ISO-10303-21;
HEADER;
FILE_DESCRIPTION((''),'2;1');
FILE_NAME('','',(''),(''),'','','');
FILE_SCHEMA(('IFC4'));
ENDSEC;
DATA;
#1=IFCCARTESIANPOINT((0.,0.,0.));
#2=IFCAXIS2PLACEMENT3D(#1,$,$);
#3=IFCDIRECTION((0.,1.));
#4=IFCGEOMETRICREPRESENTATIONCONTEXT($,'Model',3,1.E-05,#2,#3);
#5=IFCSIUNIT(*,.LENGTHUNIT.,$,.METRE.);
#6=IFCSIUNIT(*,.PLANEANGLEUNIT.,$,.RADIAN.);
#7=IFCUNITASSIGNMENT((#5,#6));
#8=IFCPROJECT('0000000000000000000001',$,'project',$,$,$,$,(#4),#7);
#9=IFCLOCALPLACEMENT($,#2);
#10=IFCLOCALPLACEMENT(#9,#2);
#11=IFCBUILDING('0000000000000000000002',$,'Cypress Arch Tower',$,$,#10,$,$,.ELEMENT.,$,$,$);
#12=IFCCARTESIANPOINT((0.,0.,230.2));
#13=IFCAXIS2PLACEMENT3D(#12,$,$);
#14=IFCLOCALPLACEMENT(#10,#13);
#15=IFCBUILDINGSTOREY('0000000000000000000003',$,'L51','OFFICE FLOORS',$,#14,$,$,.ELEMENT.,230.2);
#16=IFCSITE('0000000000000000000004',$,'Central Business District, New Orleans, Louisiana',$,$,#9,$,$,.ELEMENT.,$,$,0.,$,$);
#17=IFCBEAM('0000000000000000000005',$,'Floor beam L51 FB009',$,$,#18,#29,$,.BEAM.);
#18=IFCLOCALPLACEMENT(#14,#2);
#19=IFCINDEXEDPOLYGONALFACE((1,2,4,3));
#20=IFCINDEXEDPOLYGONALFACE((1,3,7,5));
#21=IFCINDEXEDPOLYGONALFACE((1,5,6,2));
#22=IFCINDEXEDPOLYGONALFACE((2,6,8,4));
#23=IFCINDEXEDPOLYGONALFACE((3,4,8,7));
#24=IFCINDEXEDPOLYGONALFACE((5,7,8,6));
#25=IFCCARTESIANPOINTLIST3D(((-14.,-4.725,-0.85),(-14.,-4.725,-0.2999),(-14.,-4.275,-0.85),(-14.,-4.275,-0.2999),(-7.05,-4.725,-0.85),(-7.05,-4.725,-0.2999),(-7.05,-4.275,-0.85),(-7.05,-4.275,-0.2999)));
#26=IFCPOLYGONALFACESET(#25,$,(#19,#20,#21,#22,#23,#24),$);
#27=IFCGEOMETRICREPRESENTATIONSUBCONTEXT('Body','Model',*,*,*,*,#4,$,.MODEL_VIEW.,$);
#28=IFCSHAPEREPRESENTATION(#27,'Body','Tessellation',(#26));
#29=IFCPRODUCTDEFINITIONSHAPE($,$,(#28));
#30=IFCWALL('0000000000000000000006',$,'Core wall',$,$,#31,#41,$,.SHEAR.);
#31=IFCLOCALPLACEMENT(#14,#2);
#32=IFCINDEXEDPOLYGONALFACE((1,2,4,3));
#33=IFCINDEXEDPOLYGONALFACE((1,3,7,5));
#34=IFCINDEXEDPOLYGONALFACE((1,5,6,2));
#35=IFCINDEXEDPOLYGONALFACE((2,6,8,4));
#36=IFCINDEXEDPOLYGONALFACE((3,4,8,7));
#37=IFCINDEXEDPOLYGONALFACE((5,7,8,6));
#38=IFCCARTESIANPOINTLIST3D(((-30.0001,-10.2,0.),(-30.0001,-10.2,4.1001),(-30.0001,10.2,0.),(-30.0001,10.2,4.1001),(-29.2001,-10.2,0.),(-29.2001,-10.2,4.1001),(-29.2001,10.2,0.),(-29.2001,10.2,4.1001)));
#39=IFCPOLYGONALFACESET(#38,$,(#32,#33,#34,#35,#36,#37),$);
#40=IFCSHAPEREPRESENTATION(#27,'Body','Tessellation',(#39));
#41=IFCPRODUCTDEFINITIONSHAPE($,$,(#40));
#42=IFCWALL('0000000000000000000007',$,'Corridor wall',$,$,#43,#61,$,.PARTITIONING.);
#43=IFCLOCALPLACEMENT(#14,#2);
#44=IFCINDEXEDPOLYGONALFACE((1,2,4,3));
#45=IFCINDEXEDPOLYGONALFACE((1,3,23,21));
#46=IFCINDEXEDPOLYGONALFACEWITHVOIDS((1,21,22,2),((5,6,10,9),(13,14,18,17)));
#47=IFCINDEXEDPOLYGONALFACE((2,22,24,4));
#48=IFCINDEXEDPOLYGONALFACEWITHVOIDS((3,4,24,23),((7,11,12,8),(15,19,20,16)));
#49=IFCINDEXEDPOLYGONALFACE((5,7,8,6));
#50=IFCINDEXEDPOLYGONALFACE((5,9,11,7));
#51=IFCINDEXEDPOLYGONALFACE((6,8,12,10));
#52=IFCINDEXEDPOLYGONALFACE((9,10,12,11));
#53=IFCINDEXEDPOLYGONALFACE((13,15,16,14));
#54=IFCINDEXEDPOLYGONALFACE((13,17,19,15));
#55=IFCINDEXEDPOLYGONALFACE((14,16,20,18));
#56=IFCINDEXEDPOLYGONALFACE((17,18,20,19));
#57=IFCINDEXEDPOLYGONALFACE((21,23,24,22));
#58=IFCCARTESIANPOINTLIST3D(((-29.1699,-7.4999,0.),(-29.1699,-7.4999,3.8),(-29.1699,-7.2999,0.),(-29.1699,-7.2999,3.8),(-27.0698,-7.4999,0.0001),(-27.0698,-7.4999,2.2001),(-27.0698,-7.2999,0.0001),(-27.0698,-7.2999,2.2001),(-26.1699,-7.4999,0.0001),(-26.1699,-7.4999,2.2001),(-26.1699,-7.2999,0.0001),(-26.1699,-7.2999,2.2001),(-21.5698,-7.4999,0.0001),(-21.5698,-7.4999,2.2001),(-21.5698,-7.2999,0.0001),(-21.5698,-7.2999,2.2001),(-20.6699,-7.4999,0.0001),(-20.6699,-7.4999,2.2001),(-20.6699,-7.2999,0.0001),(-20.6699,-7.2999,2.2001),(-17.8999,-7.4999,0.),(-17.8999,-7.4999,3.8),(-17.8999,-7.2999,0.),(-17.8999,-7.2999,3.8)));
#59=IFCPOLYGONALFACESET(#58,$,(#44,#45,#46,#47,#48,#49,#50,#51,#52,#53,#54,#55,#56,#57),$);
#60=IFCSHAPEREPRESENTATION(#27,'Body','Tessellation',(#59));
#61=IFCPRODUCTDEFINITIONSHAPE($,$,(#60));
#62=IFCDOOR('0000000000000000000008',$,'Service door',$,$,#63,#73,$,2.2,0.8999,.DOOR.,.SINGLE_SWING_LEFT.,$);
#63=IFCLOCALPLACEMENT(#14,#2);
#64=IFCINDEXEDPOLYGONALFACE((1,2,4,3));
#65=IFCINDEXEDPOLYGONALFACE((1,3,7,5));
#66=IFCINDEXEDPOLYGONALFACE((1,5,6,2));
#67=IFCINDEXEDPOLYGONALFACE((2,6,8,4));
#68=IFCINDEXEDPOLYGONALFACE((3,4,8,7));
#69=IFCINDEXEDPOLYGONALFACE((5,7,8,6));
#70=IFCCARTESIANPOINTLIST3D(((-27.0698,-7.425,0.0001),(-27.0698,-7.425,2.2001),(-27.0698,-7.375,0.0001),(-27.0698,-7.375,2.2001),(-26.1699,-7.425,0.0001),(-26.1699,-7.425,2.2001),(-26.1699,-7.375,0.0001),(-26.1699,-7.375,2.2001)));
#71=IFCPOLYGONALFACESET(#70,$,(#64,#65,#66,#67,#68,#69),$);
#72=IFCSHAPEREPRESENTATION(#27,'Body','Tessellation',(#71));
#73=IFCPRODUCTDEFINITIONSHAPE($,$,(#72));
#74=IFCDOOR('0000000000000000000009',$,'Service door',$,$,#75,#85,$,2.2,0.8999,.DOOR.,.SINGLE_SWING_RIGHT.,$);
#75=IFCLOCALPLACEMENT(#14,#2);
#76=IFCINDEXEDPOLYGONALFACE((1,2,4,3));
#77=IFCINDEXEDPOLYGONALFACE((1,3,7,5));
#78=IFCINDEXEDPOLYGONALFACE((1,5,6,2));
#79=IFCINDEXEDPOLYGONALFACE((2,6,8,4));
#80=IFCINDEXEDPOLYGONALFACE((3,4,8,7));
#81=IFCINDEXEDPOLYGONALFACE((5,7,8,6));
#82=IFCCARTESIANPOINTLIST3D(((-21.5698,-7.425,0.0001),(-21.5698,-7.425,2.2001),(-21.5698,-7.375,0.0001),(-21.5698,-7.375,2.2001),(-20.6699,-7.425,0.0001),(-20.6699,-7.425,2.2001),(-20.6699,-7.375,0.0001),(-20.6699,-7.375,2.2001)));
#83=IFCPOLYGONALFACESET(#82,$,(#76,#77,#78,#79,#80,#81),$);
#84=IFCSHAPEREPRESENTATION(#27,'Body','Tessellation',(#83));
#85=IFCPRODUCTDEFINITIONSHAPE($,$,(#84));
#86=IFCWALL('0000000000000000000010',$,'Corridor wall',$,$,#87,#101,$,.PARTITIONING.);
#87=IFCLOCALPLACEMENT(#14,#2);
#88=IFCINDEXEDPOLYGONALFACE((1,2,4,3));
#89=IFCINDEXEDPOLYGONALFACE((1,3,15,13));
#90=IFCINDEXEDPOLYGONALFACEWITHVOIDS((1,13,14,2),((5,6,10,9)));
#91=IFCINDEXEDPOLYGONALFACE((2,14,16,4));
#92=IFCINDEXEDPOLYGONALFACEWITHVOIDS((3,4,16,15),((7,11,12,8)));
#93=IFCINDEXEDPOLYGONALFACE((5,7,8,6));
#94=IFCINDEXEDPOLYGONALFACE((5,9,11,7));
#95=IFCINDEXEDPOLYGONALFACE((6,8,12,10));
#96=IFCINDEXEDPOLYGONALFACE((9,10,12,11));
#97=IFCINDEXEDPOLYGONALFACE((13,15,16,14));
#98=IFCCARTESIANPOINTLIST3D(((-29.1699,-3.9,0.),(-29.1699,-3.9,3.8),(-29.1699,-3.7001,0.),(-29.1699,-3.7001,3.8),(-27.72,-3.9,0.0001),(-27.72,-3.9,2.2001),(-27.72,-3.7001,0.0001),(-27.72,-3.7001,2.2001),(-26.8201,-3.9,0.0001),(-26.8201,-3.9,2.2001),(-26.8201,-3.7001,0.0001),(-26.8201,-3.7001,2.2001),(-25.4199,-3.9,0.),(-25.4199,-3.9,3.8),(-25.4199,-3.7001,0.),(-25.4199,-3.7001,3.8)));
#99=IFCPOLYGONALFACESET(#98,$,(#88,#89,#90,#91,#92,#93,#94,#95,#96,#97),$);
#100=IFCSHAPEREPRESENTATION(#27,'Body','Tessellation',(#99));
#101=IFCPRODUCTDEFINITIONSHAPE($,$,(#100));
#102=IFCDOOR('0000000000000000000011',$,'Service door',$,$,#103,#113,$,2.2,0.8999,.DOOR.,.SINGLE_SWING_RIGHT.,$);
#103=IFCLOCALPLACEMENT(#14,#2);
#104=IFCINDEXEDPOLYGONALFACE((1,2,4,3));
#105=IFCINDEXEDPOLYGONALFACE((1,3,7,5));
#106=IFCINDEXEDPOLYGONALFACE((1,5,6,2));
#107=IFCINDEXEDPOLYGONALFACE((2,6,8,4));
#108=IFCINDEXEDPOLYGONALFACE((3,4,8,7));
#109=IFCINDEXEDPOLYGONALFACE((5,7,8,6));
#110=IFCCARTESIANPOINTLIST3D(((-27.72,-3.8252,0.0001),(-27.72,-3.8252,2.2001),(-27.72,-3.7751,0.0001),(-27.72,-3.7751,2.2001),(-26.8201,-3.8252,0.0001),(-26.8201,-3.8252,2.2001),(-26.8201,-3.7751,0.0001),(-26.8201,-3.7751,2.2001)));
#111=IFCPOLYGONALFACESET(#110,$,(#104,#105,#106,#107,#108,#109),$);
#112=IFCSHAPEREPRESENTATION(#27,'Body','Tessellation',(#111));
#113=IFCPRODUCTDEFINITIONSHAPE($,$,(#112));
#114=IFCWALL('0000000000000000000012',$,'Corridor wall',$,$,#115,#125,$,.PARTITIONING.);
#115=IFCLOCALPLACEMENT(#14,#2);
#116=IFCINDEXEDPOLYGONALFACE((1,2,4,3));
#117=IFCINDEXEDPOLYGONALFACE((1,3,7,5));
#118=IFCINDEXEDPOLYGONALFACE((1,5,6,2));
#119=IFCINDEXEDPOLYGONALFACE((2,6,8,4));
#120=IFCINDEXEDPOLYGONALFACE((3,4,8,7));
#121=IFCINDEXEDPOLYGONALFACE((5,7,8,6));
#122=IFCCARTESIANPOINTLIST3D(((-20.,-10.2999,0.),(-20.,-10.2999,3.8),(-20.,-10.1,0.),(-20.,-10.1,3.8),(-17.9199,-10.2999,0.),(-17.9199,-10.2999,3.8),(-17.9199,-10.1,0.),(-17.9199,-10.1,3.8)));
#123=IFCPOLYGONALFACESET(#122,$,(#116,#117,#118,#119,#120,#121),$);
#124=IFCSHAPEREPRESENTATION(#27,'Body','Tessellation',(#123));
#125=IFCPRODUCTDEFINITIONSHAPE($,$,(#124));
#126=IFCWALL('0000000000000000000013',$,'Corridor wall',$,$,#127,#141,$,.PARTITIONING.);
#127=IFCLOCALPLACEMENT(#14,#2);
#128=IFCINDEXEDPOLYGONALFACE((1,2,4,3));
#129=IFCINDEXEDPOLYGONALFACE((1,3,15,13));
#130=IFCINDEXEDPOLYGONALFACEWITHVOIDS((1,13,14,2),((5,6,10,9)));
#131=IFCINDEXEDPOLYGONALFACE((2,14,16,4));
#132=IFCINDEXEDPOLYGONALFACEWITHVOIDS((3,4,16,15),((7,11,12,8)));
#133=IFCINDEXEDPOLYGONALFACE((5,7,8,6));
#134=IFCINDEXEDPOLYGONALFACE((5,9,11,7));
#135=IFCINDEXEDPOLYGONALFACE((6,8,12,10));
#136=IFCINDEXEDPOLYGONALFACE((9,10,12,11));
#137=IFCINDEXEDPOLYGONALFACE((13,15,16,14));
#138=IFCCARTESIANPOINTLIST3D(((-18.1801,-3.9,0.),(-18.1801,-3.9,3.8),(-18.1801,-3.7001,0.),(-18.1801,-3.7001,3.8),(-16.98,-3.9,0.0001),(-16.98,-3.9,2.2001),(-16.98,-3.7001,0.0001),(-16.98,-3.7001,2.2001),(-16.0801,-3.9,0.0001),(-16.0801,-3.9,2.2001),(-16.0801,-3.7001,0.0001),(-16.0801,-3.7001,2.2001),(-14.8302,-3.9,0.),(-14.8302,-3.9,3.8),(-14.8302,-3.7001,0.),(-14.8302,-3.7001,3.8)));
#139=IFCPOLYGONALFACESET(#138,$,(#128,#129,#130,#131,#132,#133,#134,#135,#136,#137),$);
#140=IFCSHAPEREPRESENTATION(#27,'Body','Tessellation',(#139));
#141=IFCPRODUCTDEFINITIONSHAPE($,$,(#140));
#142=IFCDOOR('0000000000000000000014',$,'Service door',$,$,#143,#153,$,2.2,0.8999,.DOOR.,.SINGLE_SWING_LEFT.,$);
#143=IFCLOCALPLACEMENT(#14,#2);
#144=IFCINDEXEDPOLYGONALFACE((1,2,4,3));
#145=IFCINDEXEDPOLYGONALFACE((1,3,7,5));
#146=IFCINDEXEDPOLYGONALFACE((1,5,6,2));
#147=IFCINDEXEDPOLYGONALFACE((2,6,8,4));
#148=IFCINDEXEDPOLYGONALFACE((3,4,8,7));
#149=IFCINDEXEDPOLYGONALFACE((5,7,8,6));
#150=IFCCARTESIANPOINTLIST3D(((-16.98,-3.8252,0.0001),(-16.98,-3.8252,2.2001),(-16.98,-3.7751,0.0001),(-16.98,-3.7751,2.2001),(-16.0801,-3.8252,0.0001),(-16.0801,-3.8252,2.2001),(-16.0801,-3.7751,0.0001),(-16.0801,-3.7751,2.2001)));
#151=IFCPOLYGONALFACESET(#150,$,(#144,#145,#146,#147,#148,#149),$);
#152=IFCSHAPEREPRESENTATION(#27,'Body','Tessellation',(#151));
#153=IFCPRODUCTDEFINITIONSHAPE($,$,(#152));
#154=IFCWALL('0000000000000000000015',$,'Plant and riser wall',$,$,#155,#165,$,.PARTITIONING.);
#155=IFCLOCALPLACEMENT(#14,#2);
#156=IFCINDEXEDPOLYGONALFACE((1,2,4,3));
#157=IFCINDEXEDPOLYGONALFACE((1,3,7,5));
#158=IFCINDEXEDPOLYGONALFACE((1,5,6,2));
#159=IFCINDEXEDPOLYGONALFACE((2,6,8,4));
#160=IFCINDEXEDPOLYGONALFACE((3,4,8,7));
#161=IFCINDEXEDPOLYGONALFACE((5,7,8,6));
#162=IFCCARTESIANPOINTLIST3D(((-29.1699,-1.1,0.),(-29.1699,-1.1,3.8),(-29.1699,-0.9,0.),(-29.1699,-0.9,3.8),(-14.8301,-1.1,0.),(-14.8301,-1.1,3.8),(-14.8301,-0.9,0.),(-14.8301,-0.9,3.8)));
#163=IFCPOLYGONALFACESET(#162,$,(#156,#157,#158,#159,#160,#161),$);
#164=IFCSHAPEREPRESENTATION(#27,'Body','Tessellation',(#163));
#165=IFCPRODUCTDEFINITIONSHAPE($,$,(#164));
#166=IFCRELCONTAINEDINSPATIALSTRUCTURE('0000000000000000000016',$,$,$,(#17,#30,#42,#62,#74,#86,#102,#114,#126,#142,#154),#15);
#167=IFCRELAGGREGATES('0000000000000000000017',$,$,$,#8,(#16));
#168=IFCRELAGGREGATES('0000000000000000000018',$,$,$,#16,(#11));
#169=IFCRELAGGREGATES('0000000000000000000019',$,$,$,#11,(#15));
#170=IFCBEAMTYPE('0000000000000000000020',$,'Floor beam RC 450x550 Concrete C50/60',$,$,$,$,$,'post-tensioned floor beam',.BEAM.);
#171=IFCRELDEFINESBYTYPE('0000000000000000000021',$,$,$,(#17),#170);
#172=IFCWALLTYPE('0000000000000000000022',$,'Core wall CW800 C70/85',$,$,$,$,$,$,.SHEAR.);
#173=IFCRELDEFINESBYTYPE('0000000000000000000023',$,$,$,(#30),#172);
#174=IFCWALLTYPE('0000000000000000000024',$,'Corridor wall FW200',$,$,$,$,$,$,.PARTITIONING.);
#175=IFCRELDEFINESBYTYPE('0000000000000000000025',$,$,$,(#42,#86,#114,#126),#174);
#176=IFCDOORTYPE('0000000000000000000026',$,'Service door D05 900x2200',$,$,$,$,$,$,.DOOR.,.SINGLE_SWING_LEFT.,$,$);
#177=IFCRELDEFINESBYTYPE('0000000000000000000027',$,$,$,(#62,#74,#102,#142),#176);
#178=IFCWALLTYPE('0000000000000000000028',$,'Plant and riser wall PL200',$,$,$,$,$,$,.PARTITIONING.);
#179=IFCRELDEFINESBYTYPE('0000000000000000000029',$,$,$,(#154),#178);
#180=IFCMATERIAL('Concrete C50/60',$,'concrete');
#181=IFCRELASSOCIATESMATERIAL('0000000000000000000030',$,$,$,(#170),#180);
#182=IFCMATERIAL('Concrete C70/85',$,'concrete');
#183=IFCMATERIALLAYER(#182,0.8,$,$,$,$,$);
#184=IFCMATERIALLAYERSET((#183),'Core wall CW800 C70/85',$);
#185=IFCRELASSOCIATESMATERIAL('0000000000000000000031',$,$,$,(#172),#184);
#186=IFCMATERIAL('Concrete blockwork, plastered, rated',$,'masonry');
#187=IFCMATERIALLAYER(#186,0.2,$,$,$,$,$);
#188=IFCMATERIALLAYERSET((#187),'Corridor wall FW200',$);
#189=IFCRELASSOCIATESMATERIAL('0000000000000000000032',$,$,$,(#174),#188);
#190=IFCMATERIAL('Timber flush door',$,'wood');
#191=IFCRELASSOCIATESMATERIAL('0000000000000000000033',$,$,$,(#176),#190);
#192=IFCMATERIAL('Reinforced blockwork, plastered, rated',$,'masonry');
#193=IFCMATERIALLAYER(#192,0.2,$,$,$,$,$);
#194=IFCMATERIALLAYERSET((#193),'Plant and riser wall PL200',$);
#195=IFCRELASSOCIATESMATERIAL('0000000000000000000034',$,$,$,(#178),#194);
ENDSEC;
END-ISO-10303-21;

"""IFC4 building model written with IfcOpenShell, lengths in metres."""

from ifc_helpers import new_model, si_unit, direction, frame, frame_2d, origin, origin_2d, place, context, subcontext, project, spatial, rectangle, extrude, material, layer, layer_set, material_profile, profile_set, type_object, element, fill, save


model = new_model("IFC4")

# Units and contexts
model_context = context("Model", 3, precision=1e-05, world=origin(), true_north=direction((0.0, 1.0)))
body_context = subcontext(model_context, "Body", "Model", "MODEL_VIEW")
ifc_project = project(units=[si_unit("LENGTHUNIT", "METRE"), si_unit("PLANEANGLEUNIT", "RADIAN")], contexts=[model_context])

# Site, building, storey
site_placement = place(None, origin())
site = spatial("IfcSite", under=ifc_project, at=site_placement, Name="Central Business District, New Orleans, Louisiana", CompositionType="ELEMENT", RefElevation=0.0)
building_placement = place(site_placement, origin())
building = spatial("IfcBuilding", under=site, at=building_placement, Name="Cypress Arch Tower", CompositionType="ELEMENT")
storey_placement = place(building_placement, frame((0.0, 0.0, 230.2)))
storey = spatial("IfcBuildingStorey", under=building, at=storey_placement, Name="L51", Description="OFFICE FLOORS", CompositionType="ELEMENT", Elevation=230.2)

# Beam
ifc_material_1 = material(Name="Concrete C50/60", Category="concrete")
ifc_material_profile = material_profile(ifc_material_1, rectangle(XDim=0.45, YDim=0.55, at=origin_2d()), Name="RC 450x550")
ifc_profile_set = profile_set([ifc_material_profile], Name="Concrete C50/60")
beam_type = type_object("IfcBeamType", Name="Floor beam RC 450x550 Concrete C50/60", ElementType="post-tensioned floor beam", PredefinedType="BEAM", material=ifc_profile_set)
beam_placement = place(storey_placement, frame((-14.0, -4.5, -0.575), z_axis=(1.0, 0.0, 0.0), x_axis=(0.0, 1.0, 0.0)))
element("IfcBeam", 1, at=beam_placement, inside=storey, type_object=beam_type, Name="Floor beam L51 FB009", PredefinedType="BEAM", context=body_context, shape_type="SweptSolid", body=[
    extrude(rectangle(XDim=0.45, YDim=0.55, at=origin_2d()), origin(), (0.0, 0.0, 1.0), 6.95),
])

# Wall
ifc_material_2 = material(Name="Concrete C70/85", Category="concrete")
ifc_layer_1 = layer(ifc_material_2, 0.8)
ifc_layer_set_1 = layer_set([ifc_layer_1], Name="Core wall CW800 C70/85")
wall_type_1 = type_object("IfcWallType", Name="Core wall CW800 C70/85", PredefinedType="SHEAR", material=ifc_layer_set_1)
wall_1_placement = place(storey_placement, frame((-29.6001, -10.2, 0.0), z_axis=(0.0, 0.0, 1.0), x_axis=(0.0, 1.0, 0.0)))
element("IfcWall", 2, at=wall_1_placement, inside=storey, type_object=wall_type_1, Name="Core wall", PredefinedType="SHEAR", context=body_context, shape_type="SweptSolid", body=[
    extrude(rectangle(XDim=20.3999, YDim=0.8, at=frame_2d((10.2, 0.0))), origin(), (0.0, 0.0, 1.0), 4.1001),
])

# Wall, openings, doors
ifc_material_3 = material(Name="Concrete blockwork, plastered, rated", Category="masonry")
ifc_layer_2 = layer(ifc_material_3, 0.2)
ifc_layer_set_2 = layer_set([ifc_layer_2], Name="Corridor wall FW200")
wall_type_2 = type_object("IfcWallType", Name="Corridor wall FW200", PredefinedType="PARTITIONING", material=ifc_layer_set_2)
wall_2_placement = place(storey_placement, frame((-29.1699, -7.3999, 0.0), z_axis=(0.0, 0.0, 1.0), x_axis=(1.0, 0.0, 0.0)))
wall_2 = element("IfcWall", 3, at=wall_2_placement, inside=storey, type_object=wall_type_2, Name="Corridor wall", PredefinedType="PARTITIONING", context=body_context, shape_type="SweptSolid", body=[
    extrude(rectangle(XDim=11.27, YDim=0.2, at=frame_2d((5.635, 0.0))), origin(), (0.0, 0.0, 1.0), 3.8),
])
opening_1_placement = place(wall_2_placement, frame((2.1001, 0.0, 0.0)))
opening_1 = element("IfcOpeningElement", 4, at=opening_1_placement, cuts=wall_2, PredefinedType="OPENING", context=body_context, shape_type="SweptSolid", body=[
    extrude(rectangle(XDim=0.8999, YDim=2.2, at=frame_2d((0.45, 1.1001))), frame((0.0, 0.1099, 0.0), z_axis=(0.0, -1.0, 0.0), x_axis=(1.0, 0.0, 0.0)), (0.0, 0.0, 1.0), 0.22),
])
opening_2_placement = place(wall_2_placement, frame((7.6001, 0.0, 0.0)))
opening_2 = element("IfcOpeningElement", 5, at=opening_2_placement, cuts=wall_2, PredefinedType="OPENING", context=body_context, shape_type="SweptSolid", body=[
    extrude(rectangle(XDim=0.8999, YDim=2.2, at=frame_2d((0.45, 1.1001))), frame((0.0, 0.1099, 0.0), z_axis=(0.0, -1.0, 0.0), x_axis=(1.0, 0.0, 0.0)), (0.0, 0.0, 1.0), 0.22),
])
ifc_material_4 = material(Name="Timber flush door", Category="wood")
door_type_1 = type_object("IfcDoorType", Name="Service door D05 900x2200", OperationType="SINGLE_SWING_LEFT", PredefinedType="DOOR", material=ifc_material_4)
door_1_placement = place(opening_1_placement, origin())
door_1 = element("IfcDoor", 6, at=door_1_placement, inside=storey, type_object=door_type_1, Name="Service door", OperationType="SINGLE_SWING_LEFT", OverallHeight=2.2, OverallWidth=0.8999, PredefinedType="DOOR", context=body_context, shape_type="SweptSolid", body=[
    extrude(rectangle(XDim=0.8999, YDim=2.2, at=frame_2d((0.45, 1.1001))), frame((0.0, 0.0249, 0.0), z_axis=(0.0, -1.0, 0.0), x_axis=(1.0, 0.0, 0.0)), (0.0, 0.0, 1.0), 0.05),
])
fill(opening_1, door_1)
door_2_placement = place(opening_2_placement, origin())
door_2 = element("IfcDoor", 7, at=door_2_placement, inside=storey, type_object=door_type_1, Name="Service door", OperationType="SINGLE_SWING_RIGHT", OverallHeight=2.2, OverallWidth=0.8999, PredefinedType="DOOR", context=body_context, shape_type="SweptSolid", body=[
    extrude(rectangle(XDim=0.8999, YDim=2.2, at=frame_2d((0.45, 1.1001))), frame((0.0, 0.0249, 0.0), z_axis=(0.0, -1.0, 0.0), x_axis=(1.0, 0.0, 0.0)), (0.0, 0.0, 1.0), 0.05),
])
fill(opening_2, door_2)

# Wall, opening, door
wall_3_placement = place(storey_placement, frame((-29.1699, -3.8, 0.0), z_axis=(0.0, 0.0, 1.0), x_axis=(1.0, 0.0, 0.0)))
wall_3 = element("IfcWall", 8, at=wall_3_placement, inside=storey, type_object=wall_type_2, Name="Corridor wall", PredefinedType="PARTITIONING", context=body_context, shape_type="SweptSolid", body=[
    extrude(rectangle(XDim=3.75, YDim=0.2, at=frame_2d((1.875, 0.0))), origin(), (0.0, 0.0, 1.0), 3.8),
])
opening_3_placement = place(wall_3_placement, frame((1.45, 0.0, 0.0)))
opening_3 = element("IfcOpeningElement", 9, at=opening_3_placement, cuts=wall_3, PredefinedType="OPENING", context=body_context, shape_type="SweptSolid", body=[
    extrude(rectangle(XDim=0.8999, YDim=2.2, at=frame_2d((0.45, 1.1001))), frame((0.0, 0.1099, 0.0), z_axis=(0.0, -1.0, 0.0), x_axis=(1.0, 0.0, 0.0)), (0.0, 0.0, 1.0), 0.22),
])
door_3_placement = place(opening_3_placement, origin())
door_3 = element("IfcDoor", 10, at=door_3_placement, inside=storey, type_object=door_type_1, Name="Service door", OperationType="SINGLE_SWING_RIGHT", OverallHeight=2.2, OverallWidth=0.8999, PredefinedType="DOOR", context=body_context, shape_type="SweptSolid", body=[
    extrude(rectangle(XDim=0.8999, YDim=2.2, at=frame_2d((0.45, 1.1001))), frame((0.0, 0.0249, 0.0), z_axis=(0.0, -1.0, 0.0), x_axis=(1.0, 0.0, 0.0)), (0.0, 0.0, 1.0), 0.05),
])
fill(opening_3, door_3)

# Wall
wall_4_placement = place(storey_placement, frame((-20.0, -10.2, 0.0), z_axis=(0.0, 0.0, 1.0), x_axis=(1.0, 0.0, 0.0)))
element("IfcWall", 11, at=wall_4_placement, inside=storey, type_object=wall_type_2, Name="Corridor wall", PredefinedType="PARTITIONING", context=body_context, shape_type="SweptSolid", body=[
    extrude(rectangle(XDim=2.0801, YDim=0.2, at=frame_2d((1.04, 0.0))), origin(), (0.0, 0.0, 1.0), 3.8),
])

# Wall, opening, door
wall_5_placement = place(storey_placement, frame((-18.1799, -3.8, 0.0), z_axis=(0.0, 0.0, 1.0), x_axis=(1.0, 0.0, 0.0)))
wall_5 = element("IfcWall", 12, at=wall_5_placement, inside=storey, type_object=wall_type_2, Name="Corridor wall", PredefinedType="PARTITIONING", context=body_context, shape_type="SweptSolid", body=[
    extrude(rectangle(XDim=3.3499, YDim=0.2, at=frame_2d((1.6748, 0.0))), origin(), (0.0, 0.0, 1.0), 3.8),
])
opening_4_placement = place(wall_5_placement, frame((1.2, 0.0, 0.0)))
opening_4 = element("IfcOpeningElement", 13, at=opening_4_placement, cuts=wall_5, PredefinedType="OPENING", context=body_context, shape_type="SweptSolid", body=[
    extrude(rectangle(XDim=0.8999, YDim=2.2, at=frame_2d((0.45, 1.1001))), frame((0.0, 0.1099, 0.0), z_axis=(0.0, -1.0, 0.0), x_axis=(1.0, 0.0, 0.0)), (0.0, 0.0, 1.0), 0.22),
])
door_4_placement = place(opening_4_placement, origin())
door_4 = element("IfcDoor", 14, at=door_4_placement, inside=storey, type_object=door_type_1, Name="Service door", OperationType="SINGLE_SWING_LEFT", OverallHeight=2.2, OverallWidth=0.8999, PredefinedType="DOOR", context=body_context, shape_type="SweptSolid", body=[
    extrude(rectangle(XDim=0.8999, YDim=2.2, at=frame_2d((0.45, 1.1001))), frame((0.0, 0.0249, 0.0), z_axis=(0.0, -1.0, 0.0), x_axis=(1.0, 0.0, 0.0)), (0.0, 0.0, 1.0), 0.05),
])
fill(opening_4, door_4)

# Wall
ifc_material_5 = material(Name="Reinforced blockwork, plastered, rated", Category="masonry")
ifc_layer_3 = layer(ifc_material_5, 0.2)
ifc_layer_set_3 = layer_set([ifc_layer_3], Name="Plant and riser wall PL200")
wall_type_3 = type_object("IfcWallType", Name="Plant and riser wall PL200", PredefinedType="PARTITIONING", material=ifc_layer_set_3)
wall_6_placement = place(storey_placement, frame((-29.1699, -1.0, 0.0), z_axis=(0.0, 0.0, 1.0), x_axis=(1.0, 0.0, 0.0)))
element("IfcWall", 15, at=wall_6_placement, inside=storey, type_object=wall_type_3, Name="Plant and riser wall", PredefinedType="PARTITIONING", context=body_context, shape_type="SweptSolid", body=[
    extrude(rectangle(XDim=14.3398, YDim=0.2, at=frame_2d((7.1699, 0.0))), origin(), (0.0, 0.0, 1.0), 3.8),
])

save(model, "model.ifc")
